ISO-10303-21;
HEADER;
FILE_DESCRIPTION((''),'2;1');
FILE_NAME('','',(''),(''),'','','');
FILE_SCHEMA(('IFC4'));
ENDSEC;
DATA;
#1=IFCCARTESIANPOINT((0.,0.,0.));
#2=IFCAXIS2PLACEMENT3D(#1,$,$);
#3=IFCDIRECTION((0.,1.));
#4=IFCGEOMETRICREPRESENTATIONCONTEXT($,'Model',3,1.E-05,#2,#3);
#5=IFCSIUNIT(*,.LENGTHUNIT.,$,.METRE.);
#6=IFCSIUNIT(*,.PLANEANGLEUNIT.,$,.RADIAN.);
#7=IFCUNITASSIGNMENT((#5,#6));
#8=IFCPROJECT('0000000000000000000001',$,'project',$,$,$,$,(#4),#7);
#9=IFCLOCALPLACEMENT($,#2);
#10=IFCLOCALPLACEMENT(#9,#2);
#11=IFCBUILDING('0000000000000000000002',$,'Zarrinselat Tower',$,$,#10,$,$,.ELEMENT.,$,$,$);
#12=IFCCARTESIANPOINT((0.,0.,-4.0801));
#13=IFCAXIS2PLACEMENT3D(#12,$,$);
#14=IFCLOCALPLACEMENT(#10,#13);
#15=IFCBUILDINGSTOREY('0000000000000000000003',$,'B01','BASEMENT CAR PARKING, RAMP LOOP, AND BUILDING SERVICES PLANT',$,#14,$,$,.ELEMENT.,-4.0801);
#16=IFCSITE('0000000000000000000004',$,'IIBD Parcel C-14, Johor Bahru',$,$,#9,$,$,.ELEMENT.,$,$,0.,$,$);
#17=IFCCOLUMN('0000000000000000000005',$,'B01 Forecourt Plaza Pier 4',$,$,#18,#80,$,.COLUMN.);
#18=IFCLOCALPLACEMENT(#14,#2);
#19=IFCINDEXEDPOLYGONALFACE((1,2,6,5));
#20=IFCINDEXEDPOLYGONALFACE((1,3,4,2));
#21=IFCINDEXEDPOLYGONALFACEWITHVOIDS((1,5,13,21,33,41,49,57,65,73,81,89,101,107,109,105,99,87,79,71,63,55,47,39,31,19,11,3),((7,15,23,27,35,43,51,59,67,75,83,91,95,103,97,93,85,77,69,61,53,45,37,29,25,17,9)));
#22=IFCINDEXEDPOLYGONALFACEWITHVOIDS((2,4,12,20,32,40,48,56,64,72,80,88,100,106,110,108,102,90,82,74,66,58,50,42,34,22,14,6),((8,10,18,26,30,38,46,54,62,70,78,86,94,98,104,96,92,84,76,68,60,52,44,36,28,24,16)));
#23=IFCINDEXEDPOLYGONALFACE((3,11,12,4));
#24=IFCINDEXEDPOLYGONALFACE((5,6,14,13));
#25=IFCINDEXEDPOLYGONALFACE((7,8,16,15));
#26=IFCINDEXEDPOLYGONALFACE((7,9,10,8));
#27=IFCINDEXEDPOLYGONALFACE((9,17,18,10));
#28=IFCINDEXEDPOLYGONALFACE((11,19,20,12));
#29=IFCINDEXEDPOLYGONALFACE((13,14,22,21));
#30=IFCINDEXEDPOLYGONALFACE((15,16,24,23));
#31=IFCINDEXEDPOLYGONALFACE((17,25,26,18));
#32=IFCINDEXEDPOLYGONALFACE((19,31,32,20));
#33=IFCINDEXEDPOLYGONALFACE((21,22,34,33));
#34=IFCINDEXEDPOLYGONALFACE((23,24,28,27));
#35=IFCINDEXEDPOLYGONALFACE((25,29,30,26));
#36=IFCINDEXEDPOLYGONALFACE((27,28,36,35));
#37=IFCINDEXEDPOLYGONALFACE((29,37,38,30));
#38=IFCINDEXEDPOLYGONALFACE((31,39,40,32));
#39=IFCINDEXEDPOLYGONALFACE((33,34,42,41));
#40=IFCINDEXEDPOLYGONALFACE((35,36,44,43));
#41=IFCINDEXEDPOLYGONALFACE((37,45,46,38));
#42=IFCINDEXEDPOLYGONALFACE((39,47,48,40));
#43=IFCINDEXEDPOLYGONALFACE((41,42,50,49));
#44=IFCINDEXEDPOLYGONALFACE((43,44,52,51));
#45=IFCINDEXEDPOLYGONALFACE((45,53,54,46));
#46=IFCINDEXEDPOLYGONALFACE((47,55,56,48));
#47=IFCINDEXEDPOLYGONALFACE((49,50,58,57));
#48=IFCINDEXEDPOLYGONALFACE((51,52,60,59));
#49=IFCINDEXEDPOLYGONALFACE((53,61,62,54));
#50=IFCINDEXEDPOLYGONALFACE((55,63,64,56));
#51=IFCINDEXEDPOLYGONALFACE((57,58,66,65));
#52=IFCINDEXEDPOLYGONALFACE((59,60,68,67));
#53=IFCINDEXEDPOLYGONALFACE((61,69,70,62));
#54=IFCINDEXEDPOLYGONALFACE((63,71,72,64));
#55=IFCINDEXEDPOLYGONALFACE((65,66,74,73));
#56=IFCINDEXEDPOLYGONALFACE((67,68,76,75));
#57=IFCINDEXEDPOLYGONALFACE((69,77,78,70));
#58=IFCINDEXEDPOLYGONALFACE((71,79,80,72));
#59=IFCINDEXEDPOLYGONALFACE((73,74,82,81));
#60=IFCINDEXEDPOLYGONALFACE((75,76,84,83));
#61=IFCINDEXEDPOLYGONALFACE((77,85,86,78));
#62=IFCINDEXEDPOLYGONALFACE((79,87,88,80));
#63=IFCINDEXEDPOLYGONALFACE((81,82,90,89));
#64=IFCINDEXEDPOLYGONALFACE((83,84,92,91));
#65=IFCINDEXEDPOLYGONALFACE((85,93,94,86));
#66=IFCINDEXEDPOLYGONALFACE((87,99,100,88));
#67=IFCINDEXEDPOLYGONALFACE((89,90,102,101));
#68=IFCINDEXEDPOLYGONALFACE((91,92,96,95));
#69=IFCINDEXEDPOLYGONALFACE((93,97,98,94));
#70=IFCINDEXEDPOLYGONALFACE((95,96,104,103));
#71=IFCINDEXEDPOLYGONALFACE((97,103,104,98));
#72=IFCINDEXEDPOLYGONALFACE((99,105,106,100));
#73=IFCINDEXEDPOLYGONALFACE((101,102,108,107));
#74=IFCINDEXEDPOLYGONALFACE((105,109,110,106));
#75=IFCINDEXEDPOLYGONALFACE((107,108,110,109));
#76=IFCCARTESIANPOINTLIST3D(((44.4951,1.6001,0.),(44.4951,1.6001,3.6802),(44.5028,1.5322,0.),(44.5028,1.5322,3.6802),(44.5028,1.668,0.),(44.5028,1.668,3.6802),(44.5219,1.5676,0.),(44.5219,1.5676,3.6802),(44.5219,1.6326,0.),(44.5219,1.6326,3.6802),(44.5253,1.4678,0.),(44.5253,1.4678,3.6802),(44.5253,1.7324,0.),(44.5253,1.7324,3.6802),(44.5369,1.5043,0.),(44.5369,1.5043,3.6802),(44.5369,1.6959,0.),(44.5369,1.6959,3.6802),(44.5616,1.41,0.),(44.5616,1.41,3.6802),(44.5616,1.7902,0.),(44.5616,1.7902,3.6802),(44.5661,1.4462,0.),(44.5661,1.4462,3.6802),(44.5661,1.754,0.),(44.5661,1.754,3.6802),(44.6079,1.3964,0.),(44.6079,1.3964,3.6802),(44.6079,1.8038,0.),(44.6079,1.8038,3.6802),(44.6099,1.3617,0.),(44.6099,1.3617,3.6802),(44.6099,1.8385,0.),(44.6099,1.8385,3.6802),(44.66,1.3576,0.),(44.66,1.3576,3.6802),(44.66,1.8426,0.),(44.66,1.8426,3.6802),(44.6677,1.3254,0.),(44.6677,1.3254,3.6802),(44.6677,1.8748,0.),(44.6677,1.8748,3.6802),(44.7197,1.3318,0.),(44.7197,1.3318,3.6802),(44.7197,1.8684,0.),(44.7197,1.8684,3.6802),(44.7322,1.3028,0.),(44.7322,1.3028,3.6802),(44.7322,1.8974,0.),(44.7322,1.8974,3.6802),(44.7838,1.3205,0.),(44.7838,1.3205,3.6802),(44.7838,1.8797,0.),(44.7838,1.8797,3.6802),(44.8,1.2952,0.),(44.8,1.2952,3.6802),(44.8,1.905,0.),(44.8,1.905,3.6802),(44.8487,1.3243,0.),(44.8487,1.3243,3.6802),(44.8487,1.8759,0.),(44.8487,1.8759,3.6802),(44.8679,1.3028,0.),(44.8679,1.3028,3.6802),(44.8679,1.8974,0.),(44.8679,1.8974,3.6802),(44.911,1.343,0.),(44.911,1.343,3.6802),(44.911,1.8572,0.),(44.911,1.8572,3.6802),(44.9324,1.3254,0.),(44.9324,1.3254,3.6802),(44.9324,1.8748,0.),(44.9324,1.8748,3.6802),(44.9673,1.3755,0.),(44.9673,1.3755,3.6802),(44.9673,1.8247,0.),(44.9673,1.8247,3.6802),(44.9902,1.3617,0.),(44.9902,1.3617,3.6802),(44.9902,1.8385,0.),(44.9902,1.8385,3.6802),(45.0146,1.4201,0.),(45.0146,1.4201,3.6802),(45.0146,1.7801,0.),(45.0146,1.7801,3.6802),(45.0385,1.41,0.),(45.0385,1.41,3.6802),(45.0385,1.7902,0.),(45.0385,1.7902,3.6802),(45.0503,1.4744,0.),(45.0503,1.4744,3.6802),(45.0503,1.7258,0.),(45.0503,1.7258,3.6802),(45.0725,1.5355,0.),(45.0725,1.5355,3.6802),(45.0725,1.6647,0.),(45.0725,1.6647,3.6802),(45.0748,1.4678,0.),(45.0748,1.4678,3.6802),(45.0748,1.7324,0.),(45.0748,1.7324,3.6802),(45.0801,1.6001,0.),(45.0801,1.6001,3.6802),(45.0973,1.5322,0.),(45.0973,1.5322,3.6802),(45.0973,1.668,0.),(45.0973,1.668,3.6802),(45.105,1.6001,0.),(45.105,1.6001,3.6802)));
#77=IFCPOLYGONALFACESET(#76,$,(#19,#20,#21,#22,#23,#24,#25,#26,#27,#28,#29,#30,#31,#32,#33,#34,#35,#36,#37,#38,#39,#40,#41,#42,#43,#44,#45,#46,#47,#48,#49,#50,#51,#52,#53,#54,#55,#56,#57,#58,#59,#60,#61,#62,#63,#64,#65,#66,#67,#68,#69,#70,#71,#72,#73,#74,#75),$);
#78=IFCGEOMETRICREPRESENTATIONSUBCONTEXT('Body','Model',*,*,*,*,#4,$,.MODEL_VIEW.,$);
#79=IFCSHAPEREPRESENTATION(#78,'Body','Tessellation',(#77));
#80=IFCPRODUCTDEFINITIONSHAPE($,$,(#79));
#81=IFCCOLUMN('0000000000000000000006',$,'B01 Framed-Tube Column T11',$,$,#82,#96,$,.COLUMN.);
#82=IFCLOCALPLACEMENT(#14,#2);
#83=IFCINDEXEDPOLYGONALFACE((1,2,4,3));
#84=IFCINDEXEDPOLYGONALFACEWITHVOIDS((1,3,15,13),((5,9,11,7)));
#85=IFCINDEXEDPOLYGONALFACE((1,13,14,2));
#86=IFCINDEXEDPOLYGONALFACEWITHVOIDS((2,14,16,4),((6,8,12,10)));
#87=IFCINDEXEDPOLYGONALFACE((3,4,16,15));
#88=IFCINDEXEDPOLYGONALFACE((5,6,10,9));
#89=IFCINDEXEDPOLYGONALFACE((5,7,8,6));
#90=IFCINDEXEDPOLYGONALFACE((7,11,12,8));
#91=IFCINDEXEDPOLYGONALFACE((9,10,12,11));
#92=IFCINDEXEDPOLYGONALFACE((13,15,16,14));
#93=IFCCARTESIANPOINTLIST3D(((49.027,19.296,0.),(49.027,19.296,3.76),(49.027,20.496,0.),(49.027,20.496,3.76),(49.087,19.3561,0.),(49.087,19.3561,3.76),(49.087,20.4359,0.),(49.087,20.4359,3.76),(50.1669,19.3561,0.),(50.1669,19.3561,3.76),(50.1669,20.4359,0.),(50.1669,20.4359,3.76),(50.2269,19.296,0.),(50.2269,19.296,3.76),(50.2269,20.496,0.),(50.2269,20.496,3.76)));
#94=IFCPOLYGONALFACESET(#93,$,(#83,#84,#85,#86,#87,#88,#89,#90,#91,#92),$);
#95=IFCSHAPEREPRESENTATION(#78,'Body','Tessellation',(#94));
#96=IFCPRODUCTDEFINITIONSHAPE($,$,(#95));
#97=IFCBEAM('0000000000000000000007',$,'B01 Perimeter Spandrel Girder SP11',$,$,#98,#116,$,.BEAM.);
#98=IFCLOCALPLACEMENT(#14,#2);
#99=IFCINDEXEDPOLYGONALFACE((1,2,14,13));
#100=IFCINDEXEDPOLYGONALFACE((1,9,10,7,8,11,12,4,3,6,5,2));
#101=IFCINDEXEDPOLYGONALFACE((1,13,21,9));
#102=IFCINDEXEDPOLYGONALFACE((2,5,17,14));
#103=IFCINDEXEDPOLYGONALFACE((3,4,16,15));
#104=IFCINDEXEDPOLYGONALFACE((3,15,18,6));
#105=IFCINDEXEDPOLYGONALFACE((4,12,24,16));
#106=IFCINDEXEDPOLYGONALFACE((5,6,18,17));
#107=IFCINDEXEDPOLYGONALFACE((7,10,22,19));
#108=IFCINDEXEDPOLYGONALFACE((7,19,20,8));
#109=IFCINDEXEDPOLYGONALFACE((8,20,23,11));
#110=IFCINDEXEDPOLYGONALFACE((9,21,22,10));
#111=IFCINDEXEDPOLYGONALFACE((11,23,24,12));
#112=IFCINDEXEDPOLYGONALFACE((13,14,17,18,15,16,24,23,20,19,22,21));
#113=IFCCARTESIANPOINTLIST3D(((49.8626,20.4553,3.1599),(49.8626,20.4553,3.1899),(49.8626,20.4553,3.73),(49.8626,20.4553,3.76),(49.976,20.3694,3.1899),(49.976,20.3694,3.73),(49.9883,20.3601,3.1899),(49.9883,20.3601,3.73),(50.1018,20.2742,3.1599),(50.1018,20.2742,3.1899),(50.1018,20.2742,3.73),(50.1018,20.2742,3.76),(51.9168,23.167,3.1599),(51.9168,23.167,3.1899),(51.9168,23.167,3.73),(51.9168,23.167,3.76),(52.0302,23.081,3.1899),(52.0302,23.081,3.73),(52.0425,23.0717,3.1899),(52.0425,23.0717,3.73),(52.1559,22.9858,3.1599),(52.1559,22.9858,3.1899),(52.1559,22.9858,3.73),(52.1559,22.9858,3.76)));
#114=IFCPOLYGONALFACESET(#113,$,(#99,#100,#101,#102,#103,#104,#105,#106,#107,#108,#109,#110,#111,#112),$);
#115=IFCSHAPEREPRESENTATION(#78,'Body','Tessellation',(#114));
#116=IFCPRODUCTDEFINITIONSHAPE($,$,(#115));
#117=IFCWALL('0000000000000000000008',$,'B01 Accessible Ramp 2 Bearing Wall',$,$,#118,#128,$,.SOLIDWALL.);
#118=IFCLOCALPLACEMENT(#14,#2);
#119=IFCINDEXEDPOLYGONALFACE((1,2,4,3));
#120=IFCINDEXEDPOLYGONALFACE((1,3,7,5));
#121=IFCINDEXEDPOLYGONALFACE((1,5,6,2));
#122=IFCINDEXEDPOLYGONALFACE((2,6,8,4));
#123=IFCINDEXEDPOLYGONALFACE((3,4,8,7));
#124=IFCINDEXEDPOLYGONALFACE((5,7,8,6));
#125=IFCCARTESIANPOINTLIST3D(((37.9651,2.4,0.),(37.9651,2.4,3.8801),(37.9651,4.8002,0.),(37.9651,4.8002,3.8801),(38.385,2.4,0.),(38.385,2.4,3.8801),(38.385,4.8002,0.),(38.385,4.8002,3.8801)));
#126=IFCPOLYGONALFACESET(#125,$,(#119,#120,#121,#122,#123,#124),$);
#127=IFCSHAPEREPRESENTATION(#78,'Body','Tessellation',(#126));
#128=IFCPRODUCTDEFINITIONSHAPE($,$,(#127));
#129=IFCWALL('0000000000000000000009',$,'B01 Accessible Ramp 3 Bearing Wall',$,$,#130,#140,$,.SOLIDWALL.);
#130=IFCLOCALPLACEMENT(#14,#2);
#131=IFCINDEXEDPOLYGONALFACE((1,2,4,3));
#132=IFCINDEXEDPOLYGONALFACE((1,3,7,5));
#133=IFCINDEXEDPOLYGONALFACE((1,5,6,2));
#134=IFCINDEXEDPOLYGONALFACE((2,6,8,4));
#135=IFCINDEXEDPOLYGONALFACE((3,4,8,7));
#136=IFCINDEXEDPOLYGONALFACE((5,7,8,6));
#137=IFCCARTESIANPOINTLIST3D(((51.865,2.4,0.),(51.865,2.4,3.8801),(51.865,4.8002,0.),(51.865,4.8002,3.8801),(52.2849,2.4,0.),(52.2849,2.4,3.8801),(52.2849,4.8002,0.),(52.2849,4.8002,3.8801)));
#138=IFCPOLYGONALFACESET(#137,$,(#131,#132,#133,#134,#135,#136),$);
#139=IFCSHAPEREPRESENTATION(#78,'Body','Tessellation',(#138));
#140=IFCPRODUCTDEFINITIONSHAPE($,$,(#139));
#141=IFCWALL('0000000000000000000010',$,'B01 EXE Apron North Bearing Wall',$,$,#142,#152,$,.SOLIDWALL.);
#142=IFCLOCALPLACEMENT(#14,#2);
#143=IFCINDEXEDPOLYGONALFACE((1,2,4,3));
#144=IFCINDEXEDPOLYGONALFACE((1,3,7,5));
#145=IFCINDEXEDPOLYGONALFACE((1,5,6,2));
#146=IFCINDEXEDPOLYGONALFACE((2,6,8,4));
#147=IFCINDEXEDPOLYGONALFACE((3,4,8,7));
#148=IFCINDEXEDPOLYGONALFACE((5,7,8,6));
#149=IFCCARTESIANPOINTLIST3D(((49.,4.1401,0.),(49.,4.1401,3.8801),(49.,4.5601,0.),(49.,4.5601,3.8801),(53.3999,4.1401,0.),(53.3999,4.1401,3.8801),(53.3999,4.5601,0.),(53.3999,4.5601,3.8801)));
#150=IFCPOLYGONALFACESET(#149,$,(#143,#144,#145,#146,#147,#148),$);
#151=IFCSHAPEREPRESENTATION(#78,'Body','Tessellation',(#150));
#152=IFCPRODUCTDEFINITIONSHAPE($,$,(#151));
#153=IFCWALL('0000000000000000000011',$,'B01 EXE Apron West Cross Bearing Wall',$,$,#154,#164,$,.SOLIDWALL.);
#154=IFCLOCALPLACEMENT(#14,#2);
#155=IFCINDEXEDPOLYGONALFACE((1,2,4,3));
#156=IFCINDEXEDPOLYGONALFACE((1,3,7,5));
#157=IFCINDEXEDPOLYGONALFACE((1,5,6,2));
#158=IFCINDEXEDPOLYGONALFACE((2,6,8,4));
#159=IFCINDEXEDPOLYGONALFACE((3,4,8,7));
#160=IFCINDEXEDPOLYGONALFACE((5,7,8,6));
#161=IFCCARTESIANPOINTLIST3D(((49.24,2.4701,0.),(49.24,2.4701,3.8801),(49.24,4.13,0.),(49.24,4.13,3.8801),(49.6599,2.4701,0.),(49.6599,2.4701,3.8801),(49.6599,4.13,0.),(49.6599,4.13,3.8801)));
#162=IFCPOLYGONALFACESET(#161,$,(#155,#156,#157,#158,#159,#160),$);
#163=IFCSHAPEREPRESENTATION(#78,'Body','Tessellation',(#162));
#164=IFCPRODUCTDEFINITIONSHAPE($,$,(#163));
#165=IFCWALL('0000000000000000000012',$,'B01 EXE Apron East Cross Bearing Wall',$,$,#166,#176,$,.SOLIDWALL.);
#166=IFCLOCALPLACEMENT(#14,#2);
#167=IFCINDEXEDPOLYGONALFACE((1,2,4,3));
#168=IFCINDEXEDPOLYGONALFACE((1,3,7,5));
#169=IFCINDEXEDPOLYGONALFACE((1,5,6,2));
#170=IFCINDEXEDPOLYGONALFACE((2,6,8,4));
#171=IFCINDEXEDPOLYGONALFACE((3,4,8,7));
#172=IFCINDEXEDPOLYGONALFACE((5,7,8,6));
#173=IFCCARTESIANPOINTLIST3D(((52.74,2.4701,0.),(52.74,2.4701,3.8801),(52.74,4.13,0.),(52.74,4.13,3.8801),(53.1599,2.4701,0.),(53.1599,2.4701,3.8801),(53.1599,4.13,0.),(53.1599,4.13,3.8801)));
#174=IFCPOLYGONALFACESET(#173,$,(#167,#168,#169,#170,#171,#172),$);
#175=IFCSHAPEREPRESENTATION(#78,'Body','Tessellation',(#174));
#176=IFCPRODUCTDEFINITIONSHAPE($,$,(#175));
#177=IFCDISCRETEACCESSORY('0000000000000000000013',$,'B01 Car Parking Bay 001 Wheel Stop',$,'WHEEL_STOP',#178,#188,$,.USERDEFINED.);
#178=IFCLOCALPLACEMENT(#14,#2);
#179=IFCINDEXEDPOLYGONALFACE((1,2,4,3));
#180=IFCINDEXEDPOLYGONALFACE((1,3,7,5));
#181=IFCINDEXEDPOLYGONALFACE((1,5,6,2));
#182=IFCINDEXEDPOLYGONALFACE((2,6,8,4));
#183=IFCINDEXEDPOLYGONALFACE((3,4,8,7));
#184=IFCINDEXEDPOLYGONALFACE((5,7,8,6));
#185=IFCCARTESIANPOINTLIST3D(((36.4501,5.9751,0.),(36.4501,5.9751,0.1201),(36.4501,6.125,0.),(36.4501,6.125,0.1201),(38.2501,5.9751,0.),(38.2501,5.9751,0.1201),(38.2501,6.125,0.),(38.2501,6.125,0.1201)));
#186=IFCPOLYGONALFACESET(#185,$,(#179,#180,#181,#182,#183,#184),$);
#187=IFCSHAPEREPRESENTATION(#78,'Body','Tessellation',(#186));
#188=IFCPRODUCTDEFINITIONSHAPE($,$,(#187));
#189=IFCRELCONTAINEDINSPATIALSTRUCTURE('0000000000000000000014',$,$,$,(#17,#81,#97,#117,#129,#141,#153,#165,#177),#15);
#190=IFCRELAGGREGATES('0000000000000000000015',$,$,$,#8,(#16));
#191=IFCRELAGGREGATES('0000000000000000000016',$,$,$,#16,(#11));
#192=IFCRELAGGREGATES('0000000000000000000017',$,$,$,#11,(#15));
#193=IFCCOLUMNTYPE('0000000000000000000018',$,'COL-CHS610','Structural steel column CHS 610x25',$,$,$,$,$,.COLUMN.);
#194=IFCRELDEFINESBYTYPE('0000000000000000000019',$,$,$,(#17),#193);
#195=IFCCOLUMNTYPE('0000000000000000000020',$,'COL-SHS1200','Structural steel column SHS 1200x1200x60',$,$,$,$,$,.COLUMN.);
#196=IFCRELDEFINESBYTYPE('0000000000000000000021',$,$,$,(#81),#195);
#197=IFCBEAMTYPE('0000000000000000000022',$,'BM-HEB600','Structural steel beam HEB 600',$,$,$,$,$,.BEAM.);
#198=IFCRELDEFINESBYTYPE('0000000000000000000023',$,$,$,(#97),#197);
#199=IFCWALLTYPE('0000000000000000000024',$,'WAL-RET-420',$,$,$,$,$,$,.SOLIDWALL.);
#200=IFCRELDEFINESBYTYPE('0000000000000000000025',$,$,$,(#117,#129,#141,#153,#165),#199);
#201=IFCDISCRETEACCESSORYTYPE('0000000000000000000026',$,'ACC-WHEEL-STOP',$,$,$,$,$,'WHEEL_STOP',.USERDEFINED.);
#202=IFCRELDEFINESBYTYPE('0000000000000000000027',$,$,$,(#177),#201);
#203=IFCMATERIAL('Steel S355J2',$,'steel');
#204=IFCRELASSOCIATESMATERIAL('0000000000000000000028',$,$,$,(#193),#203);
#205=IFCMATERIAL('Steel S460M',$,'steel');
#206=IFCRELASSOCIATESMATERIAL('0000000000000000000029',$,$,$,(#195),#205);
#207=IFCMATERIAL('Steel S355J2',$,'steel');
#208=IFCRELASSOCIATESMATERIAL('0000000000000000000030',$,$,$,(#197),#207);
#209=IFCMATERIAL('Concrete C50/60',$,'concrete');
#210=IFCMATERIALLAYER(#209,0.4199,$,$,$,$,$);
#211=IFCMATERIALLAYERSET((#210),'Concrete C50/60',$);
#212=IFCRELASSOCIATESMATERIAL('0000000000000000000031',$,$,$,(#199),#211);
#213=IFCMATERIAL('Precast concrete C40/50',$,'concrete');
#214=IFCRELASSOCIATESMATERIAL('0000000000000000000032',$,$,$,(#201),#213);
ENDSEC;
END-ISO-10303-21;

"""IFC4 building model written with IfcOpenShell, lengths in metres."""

from ifc_helpers import new_model, si_unit, direction, frame, frame_2d, origin, origin_2d, place, context, subcontext, project, spatial, rectangle, hollow_rectangle, hollow_circle, i_section, extrude, material, layer, layer_set, material_profile, profile_set, type_object, element, save


model = new_model("IFC4")

# Units and contexts
model_context = context("Model", 3, precision=1e-05, world=origin(), true_north=direction((0.0, 1.0)))
body_context = subcontext(model_context, "Body", "Model", "MODEL_VIEW")
ifc_project = project(units=[si_unit("LENGTHUNIT", "METRE"), si_unit("PLANEANGLEUNIT", "RADIAN")], contexts=[model_context])

# Site, building, storey
site_placement = place(None, origin())
site = spatial("IfcSite", under=ifc_project, at=site_placement, Name="IIBD Parcel C-14, Johor Bahru", CompositionType="ELEMENT", RefElevation=0.0)
building_placement = place(site_placement, origin())
building = spatial("IfcBuilding", under=site, at=building_placement, Name="Zarrinselat Tower", CompositionType="ELEMENT")
storey_placement = place(building_placement, frame((0.0, 0.0, -4.0801)))
storey = spatial("IfcBuildingStorey", under=building, at=storey_placement, Name="B01", Description="BASEMENT CAR PARKING, RAMP LOOP, AND BUILDING SERVICES PLANT", CompositionType="ELEMENT", Elevation=-4.0801)

# Columns
ifc_material_1 = material(Name="Steel S355J2", Category="steel")
ifc_material_profile_1 = material_profile(ifc_material_1, hollow_circle(Radius=0.3049, WallThickness=0.0249, at=origin_2d()), Name="CHS 610x25")
ifc_profile_set_1 = profile_set([ifc_material_profile_1], Name="Steel S355J2")
column_type_1 = type_object("IfcColumnType", Name="COL-CHS610", Description="Structural steel column CHS 610x25", PredefinedType="COLUMN", material=ifc_profile_set_1)
column_1_placement = place(storey_placement, frame((44.8, 1.6001, 0.0), z_axis=(0.0, 0.0, 1.0), x_axis=(1.0, 0.0, 0.0)))
element("IfcColumn", 1, at=column_1_placement, inside=storey, type_object=column_type_1, Name="B01 Forecourt Plaza Pier 4", PredefinedType="COLUMN", context=body_context, shape_type="SweptSolid", body=[
    extrude(hollow_circle(Radius=0.3049, WallThickness=0.0249, at=origin_2d()), origin(), (0.0, 0.0, 1.0), 3.6802),
])
ifc_material_2 = material(Name="Steel S460M", Category="steel")
ifc_material_profile_2 = material_profile(ifc_material_2, hollow_rectangle(XDim=1.2, YDim=1.2, WallThickness=0.0601, at=origin_2d()), Name="SHS 1200x1200x60")
ifc_profile_set_2 = profile_set([ifc_material_profile_2], Name="Steel S460M")
column_type_2 = type_object("IfcColumnType", Name="COL-SHS1200", Description="Structural steel column SHS 1200x1200x60", PredefinedType="COLUMN", material=ifc_profile_set_2)
column_2_placement = place(storey_placement, frame((49.627, 19.896, 0.0), z_axis=(0.0, 0.0, 1.0), x_axis=(1.0, 0.0, 0.0)))
element("IfcColumn", 2, at=column_2_placement, inside=storey, type_object=column_type_2, Name="B01 Framed-Tube Column T11", PredefinedType="COLUMN", context=body_context, shape_type="SweptSolid", body=[
    extrude(hollow_rectangle(XDim=1.2, YDim=1.2, WallThickness=0.0601, at=origin_2d()), origin(), (0.0, 0.0, 1.0), 3.76),
])

# Beam
ifc_material_3 = material(Name="Steel S355J2", Category="steel")
ifc_material_profile_3 = material_profile(ifc_material_3, i_section(OverallWidth=0.3, OverallDepth=0.6001, WebThickness=0.0154, FlangeThickness=0.03, at=origin_2d()), Name="HEB 600")
ifc_profile_set_3 = profile_set([ifc_material_profile_3], Name="Steel S355J2")
beam_type = type_object("IfcBeamType", Name="BM-HEB600", Description="Structural steel beam HEB 600", PredefinedType="BEAM", material=ifc_profile_set_3)
beam_placement = place(storey_placement, frame((49.9822, 20.3647, 3.46), z_axis=(0.60384, 0.797106, 0.0), x_axis=(-0.797106, 0.60384, 0.0)))
element("IfcBeam", 3, at=beam_placement, inside=storey, type_object=beam_type, Name="B01 Perimeter Spandrel Girder SP11", PredefinedType="BEAM", context=body_context, shape_type="SweptSolid", body=[
    extrude(i_section(OverallWidth=0.3, OverallDepth=0.6001, WebThickness=0.0154, FlangeThickness=0.03, at=origin_2d()), origin(), (0.0, 0.0, 1.0), 3.4019),
])

# Walls
ifc_material_4 = material(Name="Concrete C50/60", Category="concrete")
ifc_layer = layer(ifc_material_4, 0.4199)
ifc_layer_set = layer_set([ifc_layer], Name="Concrete C50/60")
wall_type = type_object("IfcWallType", Name="WAL-RET-420", PredefinedType="SOLIDWALL", material=ifc_layer_set)
for number, where, z_axis, x_axis, name in (
    (4, (38.175, 2.3999, 0.0), (0.0, 0.0, 1.0), (0.0, 1.0, 0.0), "B01 Accessible Ramp 2 Bearing Wall"),
    (5, (52.075, 2.3999, 0.0), (0.0, 0.0, 1.0), (0.0, 1.0, 0.0), "B01 Accessible Ramp 3 Bearing Wall"),
):
    element("IfcWall", number, at=place(storey_placement, frame(where, z_axis=z_axis, x_axis=x_axis)), inside=storey, type_object=wall_type, Name=name, PredefinedType="SOLIDWALL", context=body_context, shape_type="SweptSolid", body=[
        extrude(rectangle(XDim=2.4001, YDim=0.4199, at=frame_2d((1.2002, 0.0))), origin(), (0.0, 0.0, 1.0), 3.8801),
    ])
wall_placement = place(storey_placement, frame((49.0, 4.3501, 0.0), z_axis=(0.0, 0.0, 1.0), x_axis=(1.0, 0.0, 0.0)))
element("IfcWall", 6, at=wall_placement, inside=storey, type_object=wall_type, Name="B01 EXE Apron North Bearing Wall", PredefinedType="SOLIDWALL", context=body_context, shape_type="SweptSolid", body=[
    extrude(rectangle(XDim=4.3999, YDim=0.4199, at=frame_2d((2.2, 0.0))), origin(), (0.0, 0.0, 1.0), 3.8801),
])
for number, where, z_axis, x_axis, name in (
    (7, (49.45, 2.47, 0.0), (0.0, 0.0, 1.0), (0.0, 1.0, 0.0), "B01 EXE Apron West Cross Bearing Wall"),
    (8, (52.95, 2.47, 0.0), (0.0, 0.0, 1.0), (0.0, 1.0, 0.0), "B01 EXE Apron East Cross Bearing Wall"),
):
    element("IfcWall", number, at=place(storey_placement, frame(where, z_axis=z_axis, x_axis=x_axis)), inside=storey, type_object=wall_type, Name=name, PredefinedType="SOLIDWALL", context=body_context, shape_type="SweptSolid", body=[
        extrude(rectangle(XDim=1.6599, YDim=0.4199, at=frame_2d((0.8301, 0.0))), origin(), (0.0, 0.0, 1.0), 3.8801),
    ])

# Discrete accessory
ifc_material_5 = material(Name="Precast concrete C40/50", Category="concrete")
discrete_accessory_type = type_object("IfcDiscreteAccessoryType", Name="ACC-WHEEL-STOP", ElementType="WHEEL_STOP", PredefinedType="USERDEFINED", material=ifc_material_5)
for number, where, z_axis, x_axis, name in (
    (9, (37.3501, 6.05, 0.0), (0.0, 0.0, 1.0), (1.0, 0.0, 0.0), "B01 Car Parking Bay 001 Wheel Stop"),
):
    element("IfcDiscreteAccessory", number, at=place(storey_placement, frame(where, z_axis=z_axis, x_axis=x_axis)), inside=storey, type_object=discrete_accessory_type, Name=name, ObjectType="WHEEL_STOP", PredefinedType="USERDEFINED", context=body_context, shape_type="SweptSolid", body=[
        extrude(rectangle(XDim=1.8, YDim=0.1499, at=origin_2d()), origin(), (0.0, 0.0, 1.0), 0.1201),
    ])

save(model, "model.ifc")
